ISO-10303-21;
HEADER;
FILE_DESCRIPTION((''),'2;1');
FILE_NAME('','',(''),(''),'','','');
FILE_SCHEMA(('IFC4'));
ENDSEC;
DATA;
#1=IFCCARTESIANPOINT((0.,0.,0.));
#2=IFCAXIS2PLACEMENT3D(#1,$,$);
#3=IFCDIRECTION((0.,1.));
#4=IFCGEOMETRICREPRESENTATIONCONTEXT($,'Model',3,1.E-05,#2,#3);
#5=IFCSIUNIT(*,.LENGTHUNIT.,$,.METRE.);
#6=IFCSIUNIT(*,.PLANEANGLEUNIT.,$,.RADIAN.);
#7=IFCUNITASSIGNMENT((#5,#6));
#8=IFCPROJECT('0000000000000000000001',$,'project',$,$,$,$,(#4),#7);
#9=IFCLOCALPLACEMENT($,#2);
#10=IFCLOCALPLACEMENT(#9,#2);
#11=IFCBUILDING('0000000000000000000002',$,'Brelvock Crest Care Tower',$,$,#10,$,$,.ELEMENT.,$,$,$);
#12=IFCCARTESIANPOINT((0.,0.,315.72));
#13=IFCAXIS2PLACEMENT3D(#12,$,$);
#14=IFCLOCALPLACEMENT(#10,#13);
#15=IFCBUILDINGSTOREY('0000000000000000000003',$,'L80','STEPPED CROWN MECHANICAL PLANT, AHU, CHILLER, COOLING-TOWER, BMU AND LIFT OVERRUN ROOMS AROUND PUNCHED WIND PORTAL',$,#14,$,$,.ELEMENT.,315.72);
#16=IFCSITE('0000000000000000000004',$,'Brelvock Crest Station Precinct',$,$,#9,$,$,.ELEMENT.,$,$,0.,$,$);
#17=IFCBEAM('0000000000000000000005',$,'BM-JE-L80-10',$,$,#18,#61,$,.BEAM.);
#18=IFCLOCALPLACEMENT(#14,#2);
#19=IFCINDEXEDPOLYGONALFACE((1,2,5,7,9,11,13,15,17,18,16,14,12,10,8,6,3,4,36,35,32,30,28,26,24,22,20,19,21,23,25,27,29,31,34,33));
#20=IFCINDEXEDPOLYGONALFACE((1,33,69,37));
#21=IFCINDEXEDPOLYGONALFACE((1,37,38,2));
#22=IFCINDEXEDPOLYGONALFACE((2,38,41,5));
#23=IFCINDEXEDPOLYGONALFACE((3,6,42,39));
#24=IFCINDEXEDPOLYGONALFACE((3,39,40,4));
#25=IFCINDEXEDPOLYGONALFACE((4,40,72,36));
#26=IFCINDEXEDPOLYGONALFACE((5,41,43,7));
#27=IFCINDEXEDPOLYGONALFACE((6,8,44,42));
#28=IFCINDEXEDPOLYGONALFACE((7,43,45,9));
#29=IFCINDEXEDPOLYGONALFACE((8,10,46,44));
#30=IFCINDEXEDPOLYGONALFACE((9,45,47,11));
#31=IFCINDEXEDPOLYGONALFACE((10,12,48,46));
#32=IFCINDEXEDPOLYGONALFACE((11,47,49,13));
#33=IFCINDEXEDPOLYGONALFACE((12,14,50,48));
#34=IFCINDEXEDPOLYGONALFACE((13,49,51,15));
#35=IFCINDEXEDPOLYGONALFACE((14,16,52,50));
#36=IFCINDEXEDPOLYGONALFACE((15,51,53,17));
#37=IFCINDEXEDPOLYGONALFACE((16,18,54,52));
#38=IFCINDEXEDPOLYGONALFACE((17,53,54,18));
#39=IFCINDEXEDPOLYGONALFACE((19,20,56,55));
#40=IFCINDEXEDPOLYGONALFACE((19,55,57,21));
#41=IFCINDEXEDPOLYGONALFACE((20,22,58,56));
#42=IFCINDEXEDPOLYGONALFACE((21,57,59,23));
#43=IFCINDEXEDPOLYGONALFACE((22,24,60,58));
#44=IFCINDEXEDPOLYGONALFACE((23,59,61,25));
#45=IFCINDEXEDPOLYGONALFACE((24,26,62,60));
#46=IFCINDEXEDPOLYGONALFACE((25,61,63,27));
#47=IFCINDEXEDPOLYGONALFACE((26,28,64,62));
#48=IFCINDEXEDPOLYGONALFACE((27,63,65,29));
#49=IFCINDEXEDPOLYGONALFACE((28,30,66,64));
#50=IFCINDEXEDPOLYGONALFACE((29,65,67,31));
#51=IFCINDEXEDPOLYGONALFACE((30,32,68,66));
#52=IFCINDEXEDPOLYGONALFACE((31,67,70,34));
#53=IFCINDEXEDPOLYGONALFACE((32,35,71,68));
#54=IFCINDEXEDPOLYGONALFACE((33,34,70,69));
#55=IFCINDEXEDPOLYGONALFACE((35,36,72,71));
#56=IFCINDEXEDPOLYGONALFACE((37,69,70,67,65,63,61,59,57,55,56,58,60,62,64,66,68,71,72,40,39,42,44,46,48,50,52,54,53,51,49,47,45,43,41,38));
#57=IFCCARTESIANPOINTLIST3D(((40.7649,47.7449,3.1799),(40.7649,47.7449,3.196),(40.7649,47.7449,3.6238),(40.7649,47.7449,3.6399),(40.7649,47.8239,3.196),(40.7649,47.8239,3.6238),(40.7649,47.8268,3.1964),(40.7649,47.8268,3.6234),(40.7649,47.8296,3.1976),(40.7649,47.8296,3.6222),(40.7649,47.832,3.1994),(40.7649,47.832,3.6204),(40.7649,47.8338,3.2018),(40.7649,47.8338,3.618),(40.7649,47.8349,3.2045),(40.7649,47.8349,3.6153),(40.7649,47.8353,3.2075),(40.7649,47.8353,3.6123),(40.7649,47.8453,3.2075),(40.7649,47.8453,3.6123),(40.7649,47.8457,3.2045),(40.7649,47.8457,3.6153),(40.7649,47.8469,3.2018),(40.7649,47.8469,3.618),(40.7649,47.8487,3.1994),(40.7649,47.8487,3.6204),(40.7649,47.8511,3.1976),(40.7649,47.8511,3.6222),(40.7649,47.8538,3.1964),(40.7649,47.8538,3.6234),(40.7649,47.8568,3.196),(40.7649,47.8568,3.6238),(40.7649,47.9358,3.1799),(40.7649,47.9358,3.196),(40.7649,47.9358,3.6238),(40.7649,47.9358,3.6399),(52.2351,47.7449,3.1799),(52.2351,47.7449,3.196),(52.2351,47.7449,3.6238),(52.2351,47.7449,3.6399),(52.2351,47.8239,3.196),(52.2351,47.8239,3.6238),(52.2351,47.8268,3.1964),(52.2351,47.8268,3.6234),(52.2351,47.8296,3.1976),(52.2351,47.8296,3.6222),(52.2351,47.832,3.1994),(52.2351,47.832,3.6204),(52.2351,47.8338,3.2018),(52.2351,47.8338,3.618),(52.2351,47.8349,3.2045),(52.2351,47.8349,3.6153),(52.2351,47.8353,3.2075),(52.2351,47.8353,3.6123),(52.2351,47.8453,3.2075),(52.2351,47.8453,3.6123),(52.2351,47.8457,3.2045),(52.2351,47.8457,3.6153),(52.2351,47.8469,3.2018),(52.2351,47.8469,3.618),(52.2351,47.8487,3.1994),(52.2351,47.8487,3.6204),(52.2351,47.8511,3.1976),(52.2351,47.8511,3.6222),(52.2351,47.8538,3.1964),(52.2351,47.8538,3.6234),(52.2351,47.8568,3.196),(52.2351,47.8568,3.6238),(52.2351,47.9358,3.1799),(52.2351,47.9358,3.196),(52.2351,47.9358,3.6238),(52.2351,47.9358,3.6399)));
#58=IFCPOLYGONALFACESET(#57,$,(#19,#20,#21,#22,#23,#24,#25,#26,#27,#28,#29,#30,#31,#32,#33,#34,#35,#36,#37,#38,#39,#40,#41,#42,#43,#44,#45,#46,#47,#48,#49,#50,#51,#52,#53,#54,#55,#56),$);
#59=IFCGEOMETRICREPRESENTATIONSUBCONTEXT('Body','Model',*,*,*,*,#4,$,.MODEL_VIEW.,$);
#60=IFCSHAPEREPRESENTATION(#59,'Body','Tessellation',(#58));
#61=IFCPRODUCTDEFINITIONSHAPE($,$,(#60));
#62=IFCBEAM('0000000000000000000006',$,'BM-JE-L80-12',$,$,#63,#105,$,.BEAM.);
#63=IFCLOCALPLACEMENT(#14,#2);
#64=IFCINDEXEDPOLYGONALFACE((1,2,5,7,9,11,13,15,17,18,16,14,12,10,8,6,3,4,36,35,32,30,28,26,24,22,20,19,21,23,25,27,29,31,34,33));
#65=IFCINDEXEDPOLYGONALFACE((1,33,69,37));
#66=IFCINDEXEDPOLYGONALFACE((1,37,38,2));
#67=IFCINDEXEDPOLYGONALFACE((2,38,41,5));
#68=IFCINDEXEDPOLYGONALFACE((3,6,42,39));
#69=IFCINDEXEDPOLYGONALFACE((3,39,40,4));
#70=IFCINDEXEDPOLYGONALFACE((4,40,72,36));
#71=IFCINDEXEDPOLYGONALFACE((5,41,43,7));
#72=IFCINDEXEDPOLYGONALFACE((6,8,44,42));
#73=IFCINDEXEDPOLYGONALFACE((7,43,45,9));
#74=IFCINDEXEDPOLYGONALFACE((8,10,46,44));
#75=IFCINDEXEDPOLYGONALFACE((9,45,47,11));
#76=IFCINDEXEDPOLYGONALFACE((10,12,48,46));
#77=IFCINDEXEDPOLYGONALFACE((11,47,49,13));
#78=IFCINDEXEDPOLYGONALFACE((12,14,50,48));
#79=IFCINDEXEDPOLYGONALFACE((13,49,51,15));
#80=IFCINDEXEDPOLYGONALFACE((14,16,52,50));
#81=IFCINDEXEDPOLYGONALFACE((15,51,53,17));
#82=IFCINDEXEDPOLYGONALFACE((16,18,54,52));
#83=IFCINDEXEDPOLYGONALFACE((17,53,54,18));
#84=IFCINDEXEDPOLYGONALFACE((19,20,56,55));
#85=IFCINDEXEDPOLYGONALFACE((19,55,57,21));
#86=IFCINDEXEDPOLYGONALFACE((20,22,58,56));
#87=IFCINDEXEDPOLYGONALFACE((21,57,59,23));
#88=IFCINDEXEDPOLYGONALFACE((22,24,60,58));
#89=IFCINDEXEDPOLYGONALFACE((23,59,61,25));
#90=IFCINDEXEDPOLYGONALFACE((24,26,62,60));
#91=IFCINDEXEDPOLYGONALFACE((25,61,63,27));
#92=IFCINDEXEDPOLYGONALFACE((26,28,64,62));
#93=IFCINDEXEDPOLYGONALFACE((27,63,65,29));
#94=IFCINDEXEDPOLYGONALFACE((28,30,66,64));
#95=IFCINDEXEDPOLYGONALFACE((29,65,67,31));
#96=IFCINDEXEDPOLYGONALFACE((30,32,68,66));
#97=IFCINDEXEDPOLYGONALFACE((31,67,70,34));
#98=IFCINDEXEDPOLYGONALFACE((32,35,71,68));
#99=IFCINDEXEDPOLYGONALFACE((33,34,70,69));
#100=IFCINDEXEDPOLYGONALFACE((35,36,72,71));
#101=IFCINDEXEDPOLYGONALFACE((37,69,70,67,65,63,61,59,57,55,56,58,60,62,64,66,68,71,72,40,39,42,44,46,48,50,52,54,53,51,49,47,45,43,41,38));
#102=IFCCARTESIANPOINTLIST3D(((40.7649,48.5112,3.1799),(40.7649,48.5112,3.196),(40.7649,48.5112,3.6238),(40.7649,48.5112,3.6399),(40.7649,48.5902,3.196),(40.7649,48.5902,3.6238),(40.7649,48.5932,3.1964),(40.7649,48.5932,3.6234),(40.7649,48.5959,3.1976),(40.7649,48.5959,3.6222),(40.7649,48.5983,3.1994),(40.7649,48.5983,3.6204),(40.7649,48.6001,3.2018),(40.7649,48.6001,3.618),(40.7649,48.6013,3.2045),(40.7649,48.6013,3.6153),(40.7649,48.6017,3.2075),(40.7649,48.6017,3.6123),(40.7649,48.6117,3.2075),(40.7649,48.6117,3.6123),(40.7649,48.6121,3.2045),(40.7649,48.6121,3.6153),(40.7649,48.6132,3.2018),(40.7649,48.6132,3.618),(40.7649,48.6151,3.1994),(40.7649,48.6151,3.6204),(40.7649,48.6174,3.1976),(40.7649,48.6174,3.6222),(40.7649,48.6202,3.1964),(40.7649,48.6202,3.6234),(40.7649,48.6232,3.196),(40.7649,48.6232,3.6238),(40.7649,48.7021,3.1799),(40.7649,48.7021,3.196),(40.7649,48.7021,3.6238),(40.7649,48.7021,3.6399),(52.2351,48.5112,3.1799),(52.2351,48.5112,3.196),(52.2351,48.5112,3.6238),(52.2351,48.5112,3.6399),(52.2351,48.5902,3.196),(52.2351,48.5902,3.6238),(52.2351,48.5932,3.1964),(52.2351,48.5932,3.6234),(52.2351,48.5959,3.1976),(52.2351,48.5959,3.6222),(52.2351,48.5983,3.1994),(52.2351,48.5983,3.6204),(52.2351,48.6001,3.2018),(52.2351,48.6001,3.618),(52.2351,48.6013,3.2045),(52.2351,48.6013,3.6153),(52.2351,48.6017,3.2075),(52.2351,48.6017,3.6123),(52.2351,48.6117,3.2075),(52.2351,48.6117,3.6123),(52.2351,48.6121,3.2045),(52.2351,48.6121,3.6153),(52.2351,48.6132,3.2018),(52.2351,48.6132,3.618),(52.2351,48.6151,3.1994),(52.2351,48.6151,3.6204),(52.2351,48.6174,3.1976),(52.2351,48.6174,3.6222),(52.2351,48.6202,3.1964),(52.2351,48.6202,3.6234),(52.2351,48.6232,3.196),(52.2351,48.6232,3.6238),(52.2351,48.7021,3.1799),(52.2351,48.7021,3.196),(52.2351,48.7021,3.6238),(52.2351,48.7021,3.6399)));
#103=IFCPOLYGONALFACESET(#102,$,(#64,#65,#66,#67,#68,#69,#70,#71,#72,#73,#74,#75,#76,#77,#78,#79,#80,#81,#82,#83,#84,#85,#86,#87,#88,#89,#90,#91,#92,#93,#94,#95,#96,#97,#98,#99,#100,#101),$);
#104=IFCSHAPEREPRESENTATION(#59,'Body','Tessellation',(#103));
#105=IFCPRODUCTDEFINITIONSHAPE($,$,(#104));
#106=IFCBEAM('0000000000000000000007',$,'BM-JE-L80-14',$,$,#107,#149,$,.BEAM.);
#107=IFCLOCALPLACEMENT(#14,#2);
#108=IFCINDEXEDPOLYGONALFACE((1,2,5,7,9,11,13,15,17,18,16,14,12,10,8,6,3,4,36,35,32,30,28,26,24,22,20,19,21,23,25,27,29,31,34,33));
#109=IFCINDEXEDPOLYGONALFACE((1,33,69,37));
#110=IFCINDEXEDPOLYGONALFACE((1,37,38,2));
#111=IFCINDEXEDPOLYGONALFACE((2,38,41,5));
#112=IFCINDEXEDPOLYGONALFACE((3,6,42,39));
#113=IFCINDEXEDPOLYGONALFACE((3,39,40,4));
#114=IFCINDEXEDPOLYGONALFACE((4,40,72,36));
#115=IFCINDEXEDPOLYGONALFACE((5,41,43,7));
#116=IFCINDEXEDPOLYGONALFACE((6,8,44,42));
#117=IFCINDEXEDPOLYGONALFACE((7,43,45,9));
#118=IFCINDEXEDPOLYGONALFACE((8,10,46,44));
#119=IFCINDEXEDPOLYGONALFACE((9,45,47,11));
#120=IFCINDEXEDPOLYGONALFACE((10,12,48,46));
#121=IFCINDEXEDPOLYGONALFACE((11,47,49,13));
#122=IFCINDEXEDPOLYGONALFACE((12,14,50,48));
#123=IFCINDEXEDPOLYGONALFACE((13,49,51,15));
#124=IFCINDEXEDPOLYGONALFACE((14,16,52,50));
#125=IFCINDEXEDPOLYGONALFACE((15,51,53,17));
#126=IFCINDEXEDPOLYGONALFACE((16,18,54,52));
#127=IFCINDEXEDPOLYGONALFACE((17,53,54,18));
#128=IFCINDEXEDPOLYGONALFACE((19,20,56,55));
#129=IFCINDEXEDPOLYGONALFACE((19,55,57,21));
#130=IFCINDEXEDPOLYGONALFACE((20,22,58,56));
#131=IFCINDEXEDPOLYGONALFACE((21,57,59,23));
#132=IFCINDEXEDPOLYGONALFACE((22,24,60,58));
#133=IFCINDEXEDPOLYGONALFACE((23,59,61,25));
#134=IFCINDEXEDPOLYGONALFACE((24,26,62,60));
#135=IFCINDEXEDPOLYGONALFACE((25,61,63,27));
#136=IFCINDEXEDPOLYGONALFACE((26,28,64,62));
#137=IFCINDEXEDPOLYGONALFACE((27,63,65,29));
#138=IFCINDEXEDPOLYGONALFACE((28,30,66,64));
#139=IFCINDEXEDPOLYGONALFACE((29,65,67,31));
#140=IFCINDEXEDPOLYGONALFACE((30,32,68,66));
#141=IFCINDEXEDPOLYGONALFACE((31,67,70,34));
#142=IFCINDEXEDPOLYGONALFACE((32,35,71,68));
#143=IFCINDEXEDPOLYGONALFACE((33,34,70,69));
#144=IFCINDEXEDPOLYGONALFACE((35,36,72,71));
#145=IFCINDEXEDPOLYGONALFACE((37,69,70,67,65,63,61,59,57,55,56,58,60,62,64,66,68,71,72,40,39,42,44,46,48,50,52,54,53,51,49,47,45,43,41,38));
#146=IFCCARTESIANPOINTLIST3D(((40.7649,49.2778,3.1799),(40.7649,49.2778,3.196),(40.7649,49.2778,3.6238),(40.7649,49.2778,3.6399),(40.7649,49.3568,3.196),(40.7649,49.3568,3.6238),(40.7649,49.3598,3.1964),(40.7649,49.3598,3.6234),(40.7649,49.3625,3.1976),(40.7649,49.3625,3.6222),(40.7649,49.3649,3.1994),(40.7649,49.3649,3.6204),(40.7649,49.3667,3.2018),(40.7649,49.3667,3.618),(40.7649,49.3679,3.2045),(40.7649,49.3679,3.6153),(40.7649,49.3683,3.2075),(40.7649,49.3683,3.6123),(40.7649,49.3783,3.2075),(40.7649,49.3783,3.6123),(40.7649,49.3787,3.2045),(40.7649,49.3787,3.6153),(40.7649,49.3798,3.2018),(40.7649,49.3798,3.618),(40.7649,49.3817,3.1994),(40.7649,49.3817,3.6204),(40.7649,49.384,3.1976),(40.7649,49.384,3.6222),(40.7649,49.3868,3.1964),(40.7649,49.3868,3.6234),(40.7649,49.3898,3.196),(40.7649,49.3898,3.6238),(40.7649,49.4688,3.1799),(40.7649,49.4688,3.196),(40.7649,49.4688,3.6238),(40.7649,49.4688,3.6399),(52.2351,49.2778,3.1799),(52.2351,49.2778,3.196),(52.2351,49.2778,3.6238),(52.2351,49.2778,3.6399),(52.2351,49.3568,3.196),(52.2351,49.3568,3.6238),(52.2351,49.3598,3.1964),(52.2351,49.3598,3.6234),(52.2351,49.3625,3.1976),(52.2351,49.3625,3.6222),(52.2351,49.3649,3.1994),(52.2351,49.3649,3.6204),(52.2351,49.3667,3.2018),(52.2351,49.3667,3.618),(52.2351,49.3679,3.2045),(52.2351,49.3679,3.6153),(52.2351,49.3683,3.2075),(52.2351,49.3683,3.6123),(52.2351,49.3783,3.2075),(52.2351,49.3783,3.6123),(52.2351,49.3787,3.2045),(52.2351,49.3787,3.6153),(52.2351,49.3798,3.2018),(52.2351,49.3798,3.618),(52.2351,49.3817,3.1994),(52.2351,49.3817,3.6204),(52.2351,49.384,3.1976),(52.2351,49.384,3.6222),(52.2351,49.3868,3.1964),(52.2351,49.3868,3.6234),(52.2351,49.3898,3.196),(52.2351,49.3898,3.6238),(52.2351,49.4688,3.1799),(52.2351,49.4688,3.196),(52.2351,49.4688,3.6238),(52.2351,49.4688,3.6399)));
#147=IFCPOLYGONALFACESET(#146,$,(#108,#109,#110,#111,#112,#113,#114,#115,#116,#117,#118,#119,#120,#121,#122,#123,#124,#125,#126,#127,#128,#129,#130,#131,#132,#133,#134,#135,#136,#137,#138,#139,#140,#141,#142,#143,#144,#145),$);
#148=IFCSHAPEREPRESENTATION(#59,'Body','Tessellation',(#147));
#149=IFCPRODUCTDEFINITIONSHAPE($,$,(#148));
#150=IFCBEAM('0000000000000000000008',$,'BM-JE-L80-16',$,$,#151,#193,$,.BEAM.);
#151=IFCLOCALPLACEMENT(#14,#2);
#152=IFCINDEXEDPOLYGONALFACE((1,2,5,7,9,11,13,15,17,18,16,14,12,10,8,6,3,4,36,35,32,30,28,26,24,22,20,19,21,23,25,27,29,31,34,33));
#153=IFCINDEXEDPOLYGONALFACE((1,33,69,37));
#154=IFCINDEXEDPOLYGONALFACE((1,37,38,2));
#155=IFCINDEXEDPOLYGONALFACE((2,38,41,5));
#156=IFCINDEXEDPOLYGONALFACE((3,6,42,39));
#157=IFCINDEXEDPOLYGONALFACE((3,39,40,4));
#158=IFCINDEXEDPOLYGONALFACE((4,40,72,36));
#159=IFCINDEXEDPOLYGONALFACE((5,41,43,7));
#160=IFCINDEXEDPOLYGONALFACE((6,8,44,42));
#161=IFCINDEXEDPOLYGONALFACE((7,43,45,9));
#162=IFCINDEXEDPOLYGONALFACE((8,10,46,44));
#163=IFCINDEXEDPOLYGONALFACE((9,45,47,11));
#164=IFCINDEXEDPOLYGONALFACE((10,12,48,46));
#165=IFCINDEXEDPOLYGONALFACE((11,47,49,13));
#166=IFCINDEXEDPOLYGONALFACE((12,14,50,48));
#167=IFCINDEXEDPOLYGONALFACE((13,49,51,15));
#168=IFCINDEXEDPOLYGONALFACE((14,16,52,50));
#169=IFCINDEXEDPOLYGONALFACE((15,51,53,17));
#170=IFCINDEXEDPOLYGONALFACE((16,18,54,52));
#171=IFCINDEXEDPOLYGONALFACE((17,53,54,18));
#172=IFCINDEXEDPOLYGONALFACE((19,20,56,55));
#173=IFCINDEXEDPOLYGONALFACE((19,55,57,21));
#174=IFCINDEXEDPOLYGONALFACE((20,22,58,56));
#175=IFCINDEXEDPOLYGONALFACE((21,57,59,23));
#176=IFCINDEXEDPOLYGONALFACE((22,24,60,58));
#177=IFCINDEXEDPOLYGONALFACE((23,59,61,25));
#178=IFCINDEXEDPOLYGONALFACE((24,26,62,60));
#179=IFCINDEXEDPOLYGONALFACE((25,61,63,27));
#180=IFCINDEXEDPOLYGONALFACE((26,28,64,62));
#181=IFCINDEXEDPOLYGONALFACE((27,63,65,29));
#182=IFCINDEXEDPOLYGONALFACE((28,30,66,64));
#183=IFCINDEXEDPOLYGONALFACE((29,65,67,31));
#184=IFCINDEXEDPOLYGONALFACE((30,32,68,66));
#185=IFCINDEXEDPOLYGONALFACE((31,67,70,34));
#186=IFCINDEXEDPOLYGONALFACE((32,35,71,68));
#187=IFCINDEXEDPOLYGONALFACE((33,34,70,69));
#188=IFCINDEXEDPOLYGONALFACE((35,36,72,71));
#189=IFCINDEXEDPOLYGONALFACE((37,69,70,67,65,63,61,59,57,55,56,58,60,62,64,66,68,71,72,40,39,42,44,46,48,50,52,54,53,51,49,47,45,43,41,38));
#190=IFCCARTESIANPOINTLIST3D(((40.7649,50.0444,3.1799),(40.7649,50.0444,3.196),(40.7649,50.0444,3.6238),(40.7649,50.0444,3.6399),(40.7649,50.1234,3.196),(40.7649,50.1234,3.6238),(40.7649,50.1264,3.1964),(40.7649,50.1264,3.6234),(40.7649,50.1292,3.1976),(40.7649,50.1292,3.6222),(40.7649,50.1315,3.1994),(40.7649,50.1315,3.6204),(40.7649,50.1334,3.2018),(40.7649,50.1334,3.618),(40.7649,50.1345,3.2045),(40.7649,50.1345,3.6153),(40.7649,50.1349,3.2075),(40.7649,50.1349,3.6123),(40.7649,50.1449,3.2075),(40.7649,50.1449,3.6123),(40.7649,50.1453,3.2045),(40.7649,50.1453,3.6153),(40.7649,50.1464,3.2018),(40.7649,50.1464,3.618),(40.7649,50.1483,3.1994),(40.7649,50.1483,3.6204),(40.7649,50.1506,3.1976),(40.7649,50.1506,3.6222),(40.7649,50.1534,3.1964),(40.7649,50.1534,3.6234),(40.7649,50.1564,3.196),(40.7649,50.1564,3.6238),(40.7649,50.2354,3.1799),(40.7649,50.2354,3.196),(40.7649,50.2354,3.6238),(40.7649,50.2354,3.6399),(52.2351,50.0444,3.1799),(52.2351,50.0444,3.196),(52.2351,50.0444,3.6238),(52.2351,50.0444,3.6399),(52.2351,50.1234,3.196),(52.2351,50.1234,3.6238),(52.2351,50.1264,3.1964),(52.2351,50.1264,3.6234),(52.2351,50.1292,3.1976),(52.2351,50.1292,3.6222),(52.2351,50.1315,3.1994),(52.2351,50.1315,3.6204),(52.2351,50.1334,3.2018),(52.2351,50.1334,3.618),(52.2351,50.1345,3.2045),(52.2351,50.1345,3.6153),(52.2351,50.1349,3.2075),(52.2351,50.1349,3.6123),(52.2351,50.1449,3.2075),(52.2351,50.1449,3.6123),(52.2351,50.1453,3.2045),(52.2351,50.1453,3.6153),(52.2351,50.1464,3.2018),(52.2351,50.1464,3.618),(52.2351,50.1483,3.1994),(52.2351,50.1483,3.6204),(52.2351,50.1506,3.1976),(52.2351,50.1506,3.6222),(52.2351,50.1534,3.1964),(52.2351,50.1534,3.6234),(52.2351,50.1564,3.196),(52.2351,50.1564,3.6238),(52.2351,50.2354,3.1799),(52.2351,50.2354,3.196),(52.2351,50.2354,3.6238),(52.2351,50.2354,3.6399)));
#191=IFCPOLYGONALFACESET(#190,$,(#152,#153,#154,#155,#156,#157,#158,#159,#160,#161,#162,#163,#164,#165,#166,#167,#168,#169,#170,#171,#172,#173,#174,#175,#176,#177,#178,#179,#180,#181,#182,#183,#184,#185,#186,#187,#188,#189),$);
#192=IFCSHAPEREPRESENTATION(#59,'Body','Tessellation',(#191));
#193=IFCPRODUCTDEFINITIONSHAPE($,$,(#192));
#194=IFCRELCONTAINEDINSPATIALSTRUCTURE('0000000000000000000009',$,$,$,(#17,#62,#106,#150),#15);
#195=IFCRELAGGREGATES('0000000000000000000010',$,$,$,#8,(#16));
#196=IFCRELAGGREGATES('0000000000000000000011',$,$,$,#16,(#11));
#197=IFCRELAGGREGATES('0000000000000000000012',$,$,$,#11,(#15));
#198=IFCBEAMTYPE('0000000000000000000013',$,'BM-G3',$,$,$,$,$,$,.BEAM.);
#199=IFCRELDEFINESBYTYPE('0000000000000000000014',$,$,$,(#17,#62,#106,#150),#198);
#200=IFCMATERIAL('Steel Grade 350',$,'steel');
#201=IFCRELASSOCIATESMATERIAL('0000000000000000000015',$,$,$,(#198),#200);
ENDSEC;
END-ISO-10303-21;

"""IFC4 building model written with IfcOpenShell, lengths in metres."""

from ifc_helpers import new_model, si_unit, direction, frame, origin, origin_2d, place, context, subcontext, project, spatial, i_section, extrude, source, transform, mapped, material, material_profile, profile_set, type_object, element, save


model = new_model("IFC4")

# Units and contexts
model_context = context("Model", 3, precision=1e-05, world=origin(), true_north=direction((0.0, 1.0)))
body_context = subcontext(model_context, "Body", "Model", "MODEL_VIEW")
ifc_project = project(units=[si_unit("LENGTHUNIT", "METRE"), si_unit("PLANEANGLEUNIT", "RADIAN")], contexts=[model_context])

# Site, building, storey
site_placement = place(None, origin())
site = spatial("IfcSite", under=ifc_project, at=site_placement, Name="Brelvock Crest Station Precinct", CompositionType="ELEMENT", RefElevation=0.0)
building_placement = place(site_placement, origin())
building = spatial("IfcBuilding", under=site, at=building_placement, Name="Brelvock Crest Care Tower", CompositionType="ELEMENT")
storey_placement = place(building_placement, frame((0.0, 0.0, 315.72)))
storey = spatial("IfcBuildingStorey", under=building, at=storey_placement, Name="L80", Description="STEPPED CROWN MECHANICAL PLANT, AHU, CHILLER, COOLING-TOWER, BMU AND LIFT OVERRUN ROOMS AROUND PUNCHED WIND PORTAL", CompositionType="ELEMENT", Elevation=315.72)

# Shared definitions
ifc_material_1 = material(Name="Steel Grade 350", Category="steel")

# Beams
ifc_material_profile_1 = material_profile(ifc_material_1, i_section(OverallWidth=0.1909, OverallDepth=0.46, WebThickness=0.01, FlangeThickness=0.0161, FilletRadius=0.0115, at=origin_2d()), Name="460UB82.1")
ifc_profile_set_1 = profile_set([ifc_material_profile_1], Name="Steel Grade 350")
beam_type_1 = type_object("IfcBeamType", Name="BM-G3", PredefinedType="BEAM", material=ifc_profile_set_1)
shared_shape_1 = source(origin(), body_context, "Body", "SweptSolid", [
    extrude(i_section(OverallWidth=0.1909, OverallDepth=0.46, WebThickness=0.01, FlangeThickness=0.0161, FilletRadius=0.0115, at=origin_2d()), origin(), (0.0, 0.0, 1.0), 11.4702),
])
for number, where, z_axis, x_axis, name in (
    (1, (40.7649, 47.8403, 3.4099), (1.0, 0.0, 0.0), (0.0, 1.0, 0.0), "BM-JE-L80-10"),
    (2, (40.7649, 48.6067, 3.4099), (1.0, 0.0, 0.0), (0.0, 1.0, 0.0), "BM-JE-L80-12"),
    (3, (40.7649, 49.3733, 3.4099), (1.0, 0.0, 0.0), (0.0, 1.0, 0.0), "BM-JE-L80-14"),
    (4, (40.7649, 50.1399, 3.4099), (1.0, 0.0, 0.0), (0.0, 1.0, 0.0), "BM-JE-L80-16"),
):
    element("IfcBeam", number, at=place(storey_placement, frame(where, z_axis=z_axis, x_axis=x_axis)), inside=storey, type_object=beam_type_1, Name=name, PredefinedType="BEAM", context=body_context, shape_type="MappedRepresentation", body=[
        mapped(shared_shape_1, transform((0.0, 0.0, 0.0), x_axis=(1.0, 0.0, 0.0), y_axis=(0.0, 1.0, 0.0), z_axis=(0.0, 0.0, 1.0), scale=1.0)),
    ])

save(model, "model.ifc")
